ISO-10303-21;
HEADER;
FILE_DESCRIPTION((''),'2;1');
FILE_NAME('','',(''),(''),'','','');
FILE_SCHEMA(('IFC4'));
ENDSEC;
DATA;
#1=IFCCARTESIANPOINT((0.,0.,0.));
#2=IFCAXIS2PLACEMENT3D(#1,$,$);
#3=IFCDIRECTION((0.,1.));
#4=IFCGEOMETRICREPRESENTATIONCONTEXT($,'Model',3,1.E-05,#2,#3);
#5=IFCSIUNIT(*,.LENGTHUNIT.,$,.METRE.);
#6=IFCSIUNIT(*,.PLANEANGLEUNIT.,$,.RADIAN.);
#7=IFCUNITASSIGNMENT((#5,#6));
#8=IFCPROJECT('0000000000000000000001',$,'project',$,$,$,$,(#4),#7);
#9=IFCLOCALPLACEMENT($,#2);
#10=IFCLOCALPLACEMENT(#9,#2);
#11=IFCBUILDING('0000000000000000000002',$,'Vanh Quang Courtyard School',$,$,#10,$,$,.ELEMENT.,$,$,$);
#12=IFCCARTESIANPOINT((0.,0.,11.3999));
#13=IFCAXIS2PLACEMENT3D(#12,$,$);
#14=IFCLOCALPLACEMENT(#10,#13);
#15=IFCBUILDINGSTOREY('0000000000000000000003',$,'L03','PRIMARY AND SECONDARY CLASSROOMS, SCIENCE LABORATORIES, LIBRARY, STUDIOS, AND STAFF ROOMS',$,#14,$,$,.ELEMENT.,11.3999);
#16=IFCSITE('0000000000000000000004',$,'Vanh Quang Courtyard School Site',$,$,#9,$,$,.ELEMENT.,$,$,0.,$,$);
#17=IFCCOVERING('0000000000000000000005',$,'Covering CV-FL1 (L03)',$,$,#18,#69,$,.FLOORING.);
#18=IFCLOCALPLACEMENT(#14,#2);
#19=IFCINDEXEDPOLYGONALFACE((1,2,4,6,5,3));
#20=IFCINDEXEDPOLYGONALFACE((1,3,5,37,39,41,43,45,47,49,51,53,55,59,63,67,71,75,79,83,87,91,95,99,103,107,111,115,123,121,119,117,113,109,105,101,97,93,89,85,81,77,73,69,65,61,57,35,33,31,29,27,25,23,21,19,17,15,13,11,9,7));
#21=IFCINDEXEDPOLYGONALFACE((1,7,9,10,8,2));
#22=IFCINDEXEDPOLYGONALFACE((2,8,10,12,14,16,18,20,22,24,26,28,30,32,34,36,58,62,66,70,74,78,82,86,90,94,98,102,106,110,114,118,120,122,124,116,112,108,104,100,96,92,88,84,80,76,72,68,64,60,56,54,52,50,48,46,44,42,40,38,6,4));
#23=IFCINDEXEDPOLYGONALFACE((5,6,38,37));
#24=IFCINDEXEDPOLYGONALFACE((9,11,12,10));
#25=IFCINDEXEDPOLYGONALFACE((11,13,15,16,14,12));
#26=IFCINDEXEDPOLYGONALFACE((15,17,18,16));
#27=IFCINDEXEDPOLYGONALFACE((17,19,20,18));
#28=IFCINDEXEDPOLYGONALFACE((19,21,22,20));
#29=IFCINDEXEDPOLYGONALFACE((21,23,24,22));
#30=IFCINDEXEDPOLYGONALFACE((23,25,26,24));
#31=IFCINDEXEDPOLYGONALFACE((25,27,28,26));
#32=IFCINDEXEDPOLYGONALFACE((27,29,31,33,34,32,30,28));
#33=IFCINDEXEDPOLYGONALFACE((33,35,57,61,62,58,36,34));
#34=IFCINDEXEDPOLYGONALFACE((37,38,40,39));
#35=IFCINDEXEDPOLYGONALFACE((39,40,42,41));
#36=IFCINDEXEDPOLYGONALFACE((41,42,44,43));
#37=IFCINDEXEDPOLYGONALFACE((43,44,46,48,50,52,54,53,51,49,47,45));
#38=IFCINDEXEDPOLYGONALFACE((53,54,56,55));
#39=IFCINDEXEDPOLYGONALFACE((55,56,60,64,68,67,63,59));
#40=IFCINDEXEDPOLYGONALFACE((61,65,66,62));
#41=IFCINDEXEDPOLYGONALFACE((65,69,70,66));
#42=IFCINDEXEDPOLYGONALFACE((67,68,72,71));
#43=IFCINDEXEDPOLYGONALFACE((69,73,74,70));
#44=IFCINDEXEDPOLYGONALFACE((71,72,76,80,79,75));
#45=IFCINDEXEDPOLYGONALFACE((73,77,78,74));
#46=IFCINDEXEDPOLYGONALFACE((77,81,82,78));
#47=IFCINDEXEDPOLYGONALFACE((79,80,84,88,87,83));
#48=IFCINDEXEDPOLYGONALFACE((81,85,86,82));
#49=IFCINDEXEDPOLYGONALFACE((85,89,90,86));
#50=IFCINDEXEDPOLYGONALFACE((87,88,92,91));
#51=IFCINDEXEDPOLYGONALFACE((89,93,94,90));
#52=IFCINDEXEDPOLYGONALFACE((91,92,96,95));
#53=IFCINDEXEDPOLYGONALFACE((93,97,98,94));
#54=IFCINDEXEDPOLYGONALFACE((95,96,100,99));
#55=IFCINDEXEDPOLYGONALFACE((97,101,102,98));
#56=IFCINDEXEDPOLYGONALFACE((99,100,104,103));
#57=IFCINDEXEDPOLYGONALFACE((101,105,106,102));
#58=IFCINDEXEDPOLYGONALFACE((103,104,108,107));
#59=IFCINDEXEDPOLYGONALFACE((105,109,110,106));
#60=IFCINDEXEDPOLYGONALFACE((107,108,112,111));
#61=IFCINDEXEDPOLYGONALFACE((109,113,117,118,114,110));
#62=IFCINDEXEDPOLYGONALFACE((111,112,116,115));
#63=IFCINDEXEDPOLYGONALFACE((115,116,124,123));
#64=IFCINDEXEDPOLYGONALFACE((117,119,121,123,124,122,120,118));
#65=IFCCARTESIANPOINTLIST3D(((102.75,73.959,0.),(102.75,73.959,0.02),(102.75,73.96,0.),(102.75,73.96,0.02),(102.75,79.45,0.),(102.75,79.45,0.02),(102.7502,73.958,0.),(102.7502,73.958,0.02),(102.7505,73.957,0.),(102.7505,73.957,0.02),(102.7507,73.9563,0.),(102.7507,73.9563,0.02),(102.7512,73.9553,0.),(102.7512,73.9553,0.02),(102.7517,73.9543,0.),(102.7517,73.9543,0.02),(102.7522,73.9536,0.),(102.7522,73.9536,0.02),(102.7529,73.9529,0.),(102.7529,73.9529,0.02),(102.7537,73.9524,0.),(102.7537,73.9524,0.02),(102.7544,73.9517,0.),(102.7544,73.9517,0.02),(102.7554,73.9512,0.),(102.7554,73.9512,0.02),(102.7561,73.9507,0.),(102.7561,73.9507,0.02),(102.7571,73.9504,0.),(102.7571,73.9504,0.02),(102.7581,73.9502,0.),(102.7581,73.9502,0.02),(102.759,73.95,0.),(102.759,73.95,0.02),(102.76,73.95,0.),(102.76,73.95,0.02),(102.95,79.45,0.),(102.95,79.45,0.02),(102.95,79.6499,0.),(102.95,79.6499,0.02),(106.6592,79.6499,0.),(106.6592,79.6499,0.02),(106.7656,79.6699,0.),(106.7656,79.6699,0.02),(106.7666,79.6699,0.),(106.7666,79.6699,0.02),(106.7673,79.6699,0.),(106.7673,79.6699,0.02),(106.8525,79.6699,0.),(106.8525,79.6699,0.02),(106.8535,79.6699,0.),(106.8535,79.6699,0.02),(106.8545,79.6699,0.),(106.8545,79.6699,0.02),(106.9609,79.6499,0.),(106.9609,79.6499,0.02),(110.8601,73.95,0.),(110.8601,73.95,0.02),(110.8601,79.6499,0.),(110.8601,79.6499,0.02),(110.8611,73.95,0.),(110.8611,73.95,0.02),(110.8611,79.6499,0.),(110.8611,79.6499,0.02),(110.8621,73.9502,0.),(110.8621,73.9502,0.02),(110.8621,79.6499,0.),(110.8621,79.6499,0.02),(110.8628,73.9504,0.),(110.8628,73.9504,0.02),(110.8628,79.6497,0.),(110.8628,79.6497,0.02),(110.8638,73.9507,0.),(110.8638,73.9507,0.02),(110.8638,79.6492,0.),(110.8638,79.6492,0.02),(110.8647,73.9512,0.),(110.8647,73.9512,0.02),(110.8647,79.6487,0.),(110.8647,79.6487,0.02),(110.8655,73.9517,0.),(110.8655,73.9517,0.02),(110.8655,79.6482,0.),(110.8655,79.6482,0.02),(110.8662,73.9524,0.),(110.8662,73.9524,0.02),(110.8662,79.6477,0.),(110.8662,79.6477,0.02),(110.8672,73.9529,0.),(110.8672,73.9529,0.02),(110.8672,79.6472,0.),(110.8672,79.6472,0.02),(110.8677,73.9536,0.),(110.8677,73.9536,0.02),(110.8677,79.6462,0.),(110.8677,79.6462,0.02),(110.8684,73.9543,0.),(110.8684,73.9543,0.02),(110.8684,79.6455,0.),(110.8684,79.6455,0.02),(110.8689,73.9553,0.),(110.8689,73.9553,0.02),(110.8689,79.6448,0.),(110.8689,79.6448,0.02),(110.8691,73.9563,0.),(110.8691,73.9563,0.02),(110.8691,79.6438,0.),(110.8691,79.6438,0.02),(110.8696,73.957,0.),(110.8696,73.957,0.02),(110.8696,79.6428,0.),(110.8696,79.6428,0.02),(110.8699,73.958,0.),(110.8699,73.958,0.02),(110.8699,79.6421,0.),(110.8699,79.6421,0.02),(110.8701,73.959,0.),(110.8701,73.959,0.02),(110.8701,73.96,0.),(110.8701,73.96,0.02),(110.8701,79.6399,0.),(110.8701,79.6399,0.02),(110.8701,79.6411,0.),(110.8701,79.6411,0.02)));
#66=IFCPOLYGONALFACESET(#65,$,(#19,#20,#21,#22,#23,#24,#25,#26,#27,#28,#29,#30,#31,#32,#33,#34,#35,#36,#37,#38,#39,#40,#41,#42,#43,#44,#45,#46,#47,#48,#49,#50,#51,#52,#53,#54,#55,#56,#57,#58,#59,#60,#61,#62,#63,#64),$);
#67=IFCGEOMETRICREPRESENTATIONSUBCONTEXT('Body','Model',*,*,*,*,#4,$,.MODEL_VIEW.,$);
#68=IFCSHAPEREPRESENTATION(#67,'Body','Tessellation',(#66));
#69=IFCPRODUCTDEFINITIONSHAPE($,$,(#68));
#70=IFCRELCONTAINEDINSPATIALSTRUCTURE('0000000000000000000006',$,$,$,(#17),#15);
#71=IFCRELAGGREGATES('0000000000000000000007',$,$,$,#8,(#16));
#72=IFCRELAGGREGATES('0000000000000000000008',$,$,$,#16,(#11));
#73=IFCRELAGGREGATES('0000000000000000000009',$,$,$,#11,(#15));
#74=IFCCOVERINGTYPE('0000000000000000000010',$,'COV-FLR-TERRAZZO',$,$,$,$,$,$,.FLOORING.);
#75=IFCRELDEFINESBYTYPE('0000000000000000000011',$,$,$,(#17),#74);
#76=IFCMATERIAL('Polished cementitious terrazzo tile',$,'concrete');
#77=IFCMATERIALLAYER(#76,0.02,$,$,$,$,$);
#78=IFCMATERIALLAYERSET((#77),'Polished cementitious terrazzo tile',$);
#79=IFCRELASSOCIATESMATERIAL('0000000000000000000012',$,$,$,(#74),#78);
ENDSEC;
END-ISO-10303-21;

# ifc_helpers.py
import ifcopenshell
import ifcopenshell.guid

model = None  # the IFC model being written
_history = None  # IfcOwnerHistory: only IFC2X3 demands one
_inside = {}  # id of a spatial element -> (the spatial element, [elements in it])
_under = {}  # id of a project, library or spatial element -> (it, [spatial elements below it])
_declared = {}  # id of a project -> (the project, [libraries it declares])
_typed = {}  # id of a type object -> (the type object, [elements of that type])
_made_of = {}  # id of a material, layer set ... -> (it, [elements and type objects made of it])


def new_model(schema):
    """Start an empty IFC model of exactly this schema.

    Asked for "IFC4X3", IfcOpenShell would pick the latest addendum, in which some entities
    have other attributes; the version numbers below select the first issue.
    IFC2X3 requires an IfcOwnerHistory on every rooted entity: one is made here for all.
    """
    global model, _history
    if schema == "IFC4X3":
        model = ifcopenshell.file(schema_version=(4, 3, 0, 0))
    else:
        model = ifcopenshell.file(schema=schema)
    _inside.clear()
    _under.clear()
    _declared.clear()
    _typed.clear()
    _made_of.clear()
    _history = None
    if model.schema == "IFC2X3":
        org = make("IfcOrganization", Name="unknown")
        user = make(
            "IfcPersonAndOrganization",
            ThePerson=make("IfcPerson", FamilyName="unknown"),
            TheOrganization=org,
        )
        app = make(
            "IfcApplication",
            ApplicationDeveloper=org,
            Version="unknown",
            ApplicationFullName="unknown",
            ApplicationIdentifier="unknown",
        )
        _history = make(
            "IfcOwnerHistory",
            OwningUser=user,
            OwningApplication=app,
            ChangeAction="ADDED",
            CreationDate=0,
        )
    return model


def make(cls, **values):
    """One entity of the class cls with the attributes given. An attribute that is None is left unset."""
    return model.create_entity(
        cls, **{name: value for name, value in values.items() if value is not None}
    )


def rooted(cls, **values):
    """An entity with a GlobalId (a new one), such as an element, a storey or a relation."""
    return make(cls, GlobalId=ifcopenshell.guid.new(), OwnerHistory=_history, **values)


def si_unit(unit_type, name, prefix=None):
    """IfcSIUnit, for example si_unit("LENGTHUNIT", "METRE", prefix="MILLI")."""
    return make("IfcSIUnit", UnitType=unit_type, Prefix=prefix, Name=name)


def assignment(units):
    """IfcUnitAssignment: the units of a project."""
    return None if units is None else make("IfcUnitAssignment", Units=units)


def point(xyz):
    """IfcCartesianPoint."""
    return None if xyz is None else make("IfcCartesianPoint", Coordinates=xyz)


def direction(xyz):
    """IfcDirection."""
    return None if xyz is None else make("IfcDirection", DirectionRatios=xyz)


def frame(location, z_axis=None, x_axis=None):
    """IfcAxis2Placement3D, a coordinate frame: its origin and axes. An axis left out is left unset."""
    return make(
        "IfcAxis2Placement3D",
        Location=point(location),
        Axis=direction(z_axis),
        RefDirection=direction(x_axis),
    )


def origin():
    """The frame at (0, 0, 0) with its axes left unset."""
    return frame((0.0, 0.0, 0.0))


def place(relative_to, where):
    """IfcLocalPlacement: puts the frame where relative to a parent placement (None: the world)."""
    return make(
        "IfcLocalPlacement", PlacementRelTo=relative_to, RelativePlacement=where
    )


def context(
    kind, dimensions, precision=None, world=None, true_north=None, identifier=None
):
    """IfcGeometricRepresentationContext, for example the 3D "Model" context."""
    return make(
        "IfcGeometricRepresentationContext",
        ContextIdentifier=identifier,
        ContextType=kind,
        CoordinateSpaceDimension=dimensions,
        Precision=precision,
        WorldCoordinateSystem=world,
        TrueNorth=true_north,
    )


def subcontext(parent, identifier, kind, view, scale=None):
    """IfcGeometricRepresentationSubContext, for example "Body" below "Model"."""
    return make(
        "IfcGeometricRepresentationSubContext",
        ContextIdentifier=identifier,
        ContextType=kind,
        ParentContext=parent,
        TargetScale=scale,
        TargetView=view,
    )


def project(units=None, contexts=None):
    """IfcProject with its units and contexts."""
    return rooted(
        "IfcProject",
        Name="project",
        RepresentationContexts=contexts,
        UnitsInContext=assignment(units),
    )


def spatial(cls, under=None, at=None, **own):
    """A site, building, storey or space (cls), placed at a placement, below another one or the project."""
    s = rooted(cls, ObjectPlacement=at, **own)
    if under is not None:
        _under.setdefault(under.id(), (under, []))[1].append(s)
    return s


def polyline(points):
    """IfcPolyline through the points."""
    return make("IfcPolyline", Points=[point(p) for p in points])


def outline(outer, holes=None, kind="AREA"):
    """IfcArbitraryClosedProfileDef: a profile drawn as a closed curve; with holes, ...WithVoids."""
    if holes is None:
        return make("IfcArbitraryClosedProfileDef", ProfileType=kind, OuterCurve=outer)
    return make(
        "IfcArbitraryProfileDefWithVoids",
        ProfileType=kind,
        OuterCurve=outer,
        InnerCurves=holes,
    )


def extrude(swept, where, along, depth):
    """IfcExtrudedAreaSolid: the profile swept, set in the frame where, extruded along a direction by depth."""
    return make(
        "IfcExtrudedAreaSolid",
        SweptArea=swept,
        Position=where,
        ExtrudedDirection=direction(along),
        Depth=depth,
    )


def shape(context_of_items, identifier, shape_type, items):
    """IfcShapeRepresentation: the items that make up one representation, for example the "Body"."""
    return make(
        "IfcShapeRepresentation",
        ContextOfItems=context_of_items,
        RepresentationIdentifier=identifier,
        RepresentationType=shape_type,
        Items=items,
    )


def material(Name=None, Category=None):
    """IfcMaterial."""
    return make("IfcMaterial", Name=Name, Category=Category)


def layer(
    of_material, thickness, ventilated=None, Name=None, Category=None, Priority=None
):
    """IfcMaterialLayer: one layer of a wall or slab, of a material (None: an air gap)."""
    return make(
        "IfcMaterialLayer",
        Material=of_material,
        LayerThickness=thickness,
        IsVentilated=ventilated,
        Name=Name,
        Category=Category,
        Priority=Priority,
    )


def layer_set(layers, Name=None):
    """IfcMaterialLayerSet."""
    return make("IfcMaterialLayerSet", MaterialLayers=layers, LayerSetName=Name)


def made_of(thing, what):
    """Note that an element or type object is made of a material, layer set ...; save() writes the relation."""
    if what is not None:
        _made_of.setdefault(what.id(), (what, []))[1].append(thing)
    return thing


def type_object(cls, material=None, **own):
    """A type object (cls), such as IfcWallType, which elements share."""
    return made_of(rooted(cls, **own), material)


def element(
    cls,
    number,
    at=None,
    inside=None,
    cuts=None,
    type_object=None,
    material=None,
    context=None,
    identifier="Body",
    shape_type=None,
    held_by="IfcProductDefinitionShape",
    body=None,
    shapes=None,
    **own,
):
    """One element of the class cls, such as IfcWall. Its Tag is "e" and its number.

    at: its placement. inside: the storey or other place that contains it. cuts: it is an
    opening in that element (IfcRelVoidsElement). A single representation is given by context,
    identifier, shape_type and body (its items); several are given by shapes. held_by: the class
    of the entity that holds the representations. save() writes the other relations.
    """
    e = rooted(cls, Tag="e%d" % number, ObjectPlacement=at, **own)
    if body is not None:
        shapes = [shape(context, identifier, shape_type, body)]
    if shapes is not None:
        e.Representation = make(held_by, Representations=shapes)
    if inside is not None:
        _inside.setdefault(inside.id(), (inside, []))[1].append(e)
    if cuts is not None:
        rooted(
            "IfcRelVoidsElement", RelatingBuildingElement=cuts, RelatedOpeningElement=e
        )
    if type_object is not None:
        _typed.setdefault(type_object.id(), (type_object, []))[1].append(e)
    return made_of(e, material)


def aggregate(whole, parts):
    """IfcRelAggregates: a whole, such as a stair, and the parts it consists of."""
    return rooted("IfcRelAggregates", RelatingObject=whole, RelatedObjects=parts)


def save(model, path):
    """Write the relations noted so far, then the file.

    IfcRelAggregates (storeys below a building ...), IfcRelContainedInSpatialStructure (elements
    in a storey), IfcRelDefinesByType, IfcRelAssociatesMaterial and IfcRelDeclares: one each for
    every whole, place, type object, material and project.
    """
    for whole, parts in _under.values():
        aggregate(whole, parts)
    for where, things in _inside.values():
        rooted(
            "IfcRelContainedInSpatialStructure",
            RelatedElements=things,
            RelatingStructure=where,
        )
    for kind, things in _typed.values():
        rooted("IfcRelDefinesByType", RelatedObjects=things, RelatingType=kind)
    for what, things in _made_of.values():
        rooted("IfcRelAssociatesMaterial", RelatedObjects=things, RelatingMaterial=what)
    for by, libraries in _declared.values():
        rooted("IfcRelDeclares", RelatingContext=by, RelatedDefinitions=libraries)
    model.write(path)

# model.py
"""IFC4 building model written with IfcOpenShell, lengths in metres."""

from ifc_helpers import new_model, si_unit, direction, frame, origin, place, context, subcontext, project, spatial, polyline, outline, extrude, material, layer, layer_set, type_object, element, save


model = new_model("IFC4")

# Units and contexts
model_context = context("Model", 3, precision=1e-05, world=origin(), true_north=direction((0.0, 1.0)))
body_context = subcontext(model_context, "Body", "Model", "MODEL_VIEW")
ifc_project = project(units=[si_unit("LENGTHUNIT", "METRE"), si_unit("PLANEANGLEUNIT", "RADIAN")], contexts=[model_context])

# Site, building, storey
site_placement = place(None, origin())
site = spatial("IfcSite", under=ifc_project, at=site_placement, Name="Vanh Quang Courtyard School Site", CompositionType="ELEMENT", RefElevation=0.0)
building_placement = place(site_placement, origin())
building = spatial("IfcBuilding", under=site, at=building_placement, Name="Vanh Quang Courtyard School", CompositionType="ELEMENT")
storey_placement = place(building_placement, frame((0.0, 0.0, 11.3999)))
storey = spatial("IfcBuildingStorey", under=building, at=storey_placement, Name="L03", Description="PRIMARY AND SECONDARY CLASSROOMS, SCIENCE LABORATORIES, LIBRARY, STUDIOS, AND STAFF ROOMS", CompositionType="ELEMENT", Elevation=11.3999)

# Covering
ifc_material_1 = material(Name="Polished cementitious terrazzo tile", Category="concrete")
ifc_layer_1 = layer(ifc_material_1, 0.02)
ifc_layer_set_1 = layer_set([ifc_layer_1], Name="Polished cementitious terrazzo tile")
covering_type_1 = type_object("IfcCoveringType", Name="COV-FLR-TERRAZZO", PredefinedType="FLOORING", material=ifc_layer_set_1)
covering_1_placement = place(storey_placement, origin())
element("IfcCovering", 1, at=covering_1_placement, inside=storey, type_object=covering_type_1, Name="Covering CV-FL1 (L03)", PredefinedType="FLOORING", context=body_context, shape_type="SweptSolid", body=[
    extrude(outline(polyline([(102.75, 79.45), (102.95, 79.45), (102.95, 79.6499), (106.6592, 79.6499), (106.7656, 79.6699), (106.7666, 79.6699), (106.7673, 79.6699), (106.8525, 79.6699), (106.8535, 79.6699), (106.8545, 79.6699), (106.9609, 79.6499), (110.8601, 79.6499), (110.8611, 79.6499), (110.8621, 79.6499), (110.8628, 79.6497), (110.8638, 79.6492), (110.8647, 79.6487), (110.8655, 79.6482), (110.8662, 79.6477), (110.8672, 79.6472), (110.8677, 79.6462), (110.8684, 79.6455), (110.8689, 79.6448), (110.8691, 79.6438), (110.8696, 79.6428), (110.8699, 79.6421), (110.8701, 79.6411), (110.8701, 79.6399), (110.8701, 73.96), (110.8701, 73.959), (110.8699, 73.958), (110.8696, 73.957), (110.8691, 73.9563), (110.8689, 73.9553), (110.8684, 73.9543), (110.8677, 73.9536), (110.8672, 73.9529), (110.8662, 73.9524), (110.8655, 73.9517), (110.8647, 73.9512), (110.8638, 73.9507), (110.8628, 73.9504), (110.8621, 73.9502), (110.8611, 73.95), (110.8601, 73.95), (102.76, 73.95), (102.759, 73.95), (102.7581, 73.9502), (102.7571, 73.9504), (102.7561, 73.9507), (102.7554, 73.9512), (102.7544, 73.9517), (102.7537, 73.9524), (102.7529, 73.9529), (102.7522, 73.9536), (102.7517, 73.9543), (102.7512, 73.9553), (102.7507, 73.9563), (102.7505, 73.957), (102.7502, 73.958), (102.75, 73.959), (102.75, 73.96), (102.75, 79.45)])), origin(), (0.0, 0.0, 1.0), 0.02),
])

save(model, "model.ifc")
